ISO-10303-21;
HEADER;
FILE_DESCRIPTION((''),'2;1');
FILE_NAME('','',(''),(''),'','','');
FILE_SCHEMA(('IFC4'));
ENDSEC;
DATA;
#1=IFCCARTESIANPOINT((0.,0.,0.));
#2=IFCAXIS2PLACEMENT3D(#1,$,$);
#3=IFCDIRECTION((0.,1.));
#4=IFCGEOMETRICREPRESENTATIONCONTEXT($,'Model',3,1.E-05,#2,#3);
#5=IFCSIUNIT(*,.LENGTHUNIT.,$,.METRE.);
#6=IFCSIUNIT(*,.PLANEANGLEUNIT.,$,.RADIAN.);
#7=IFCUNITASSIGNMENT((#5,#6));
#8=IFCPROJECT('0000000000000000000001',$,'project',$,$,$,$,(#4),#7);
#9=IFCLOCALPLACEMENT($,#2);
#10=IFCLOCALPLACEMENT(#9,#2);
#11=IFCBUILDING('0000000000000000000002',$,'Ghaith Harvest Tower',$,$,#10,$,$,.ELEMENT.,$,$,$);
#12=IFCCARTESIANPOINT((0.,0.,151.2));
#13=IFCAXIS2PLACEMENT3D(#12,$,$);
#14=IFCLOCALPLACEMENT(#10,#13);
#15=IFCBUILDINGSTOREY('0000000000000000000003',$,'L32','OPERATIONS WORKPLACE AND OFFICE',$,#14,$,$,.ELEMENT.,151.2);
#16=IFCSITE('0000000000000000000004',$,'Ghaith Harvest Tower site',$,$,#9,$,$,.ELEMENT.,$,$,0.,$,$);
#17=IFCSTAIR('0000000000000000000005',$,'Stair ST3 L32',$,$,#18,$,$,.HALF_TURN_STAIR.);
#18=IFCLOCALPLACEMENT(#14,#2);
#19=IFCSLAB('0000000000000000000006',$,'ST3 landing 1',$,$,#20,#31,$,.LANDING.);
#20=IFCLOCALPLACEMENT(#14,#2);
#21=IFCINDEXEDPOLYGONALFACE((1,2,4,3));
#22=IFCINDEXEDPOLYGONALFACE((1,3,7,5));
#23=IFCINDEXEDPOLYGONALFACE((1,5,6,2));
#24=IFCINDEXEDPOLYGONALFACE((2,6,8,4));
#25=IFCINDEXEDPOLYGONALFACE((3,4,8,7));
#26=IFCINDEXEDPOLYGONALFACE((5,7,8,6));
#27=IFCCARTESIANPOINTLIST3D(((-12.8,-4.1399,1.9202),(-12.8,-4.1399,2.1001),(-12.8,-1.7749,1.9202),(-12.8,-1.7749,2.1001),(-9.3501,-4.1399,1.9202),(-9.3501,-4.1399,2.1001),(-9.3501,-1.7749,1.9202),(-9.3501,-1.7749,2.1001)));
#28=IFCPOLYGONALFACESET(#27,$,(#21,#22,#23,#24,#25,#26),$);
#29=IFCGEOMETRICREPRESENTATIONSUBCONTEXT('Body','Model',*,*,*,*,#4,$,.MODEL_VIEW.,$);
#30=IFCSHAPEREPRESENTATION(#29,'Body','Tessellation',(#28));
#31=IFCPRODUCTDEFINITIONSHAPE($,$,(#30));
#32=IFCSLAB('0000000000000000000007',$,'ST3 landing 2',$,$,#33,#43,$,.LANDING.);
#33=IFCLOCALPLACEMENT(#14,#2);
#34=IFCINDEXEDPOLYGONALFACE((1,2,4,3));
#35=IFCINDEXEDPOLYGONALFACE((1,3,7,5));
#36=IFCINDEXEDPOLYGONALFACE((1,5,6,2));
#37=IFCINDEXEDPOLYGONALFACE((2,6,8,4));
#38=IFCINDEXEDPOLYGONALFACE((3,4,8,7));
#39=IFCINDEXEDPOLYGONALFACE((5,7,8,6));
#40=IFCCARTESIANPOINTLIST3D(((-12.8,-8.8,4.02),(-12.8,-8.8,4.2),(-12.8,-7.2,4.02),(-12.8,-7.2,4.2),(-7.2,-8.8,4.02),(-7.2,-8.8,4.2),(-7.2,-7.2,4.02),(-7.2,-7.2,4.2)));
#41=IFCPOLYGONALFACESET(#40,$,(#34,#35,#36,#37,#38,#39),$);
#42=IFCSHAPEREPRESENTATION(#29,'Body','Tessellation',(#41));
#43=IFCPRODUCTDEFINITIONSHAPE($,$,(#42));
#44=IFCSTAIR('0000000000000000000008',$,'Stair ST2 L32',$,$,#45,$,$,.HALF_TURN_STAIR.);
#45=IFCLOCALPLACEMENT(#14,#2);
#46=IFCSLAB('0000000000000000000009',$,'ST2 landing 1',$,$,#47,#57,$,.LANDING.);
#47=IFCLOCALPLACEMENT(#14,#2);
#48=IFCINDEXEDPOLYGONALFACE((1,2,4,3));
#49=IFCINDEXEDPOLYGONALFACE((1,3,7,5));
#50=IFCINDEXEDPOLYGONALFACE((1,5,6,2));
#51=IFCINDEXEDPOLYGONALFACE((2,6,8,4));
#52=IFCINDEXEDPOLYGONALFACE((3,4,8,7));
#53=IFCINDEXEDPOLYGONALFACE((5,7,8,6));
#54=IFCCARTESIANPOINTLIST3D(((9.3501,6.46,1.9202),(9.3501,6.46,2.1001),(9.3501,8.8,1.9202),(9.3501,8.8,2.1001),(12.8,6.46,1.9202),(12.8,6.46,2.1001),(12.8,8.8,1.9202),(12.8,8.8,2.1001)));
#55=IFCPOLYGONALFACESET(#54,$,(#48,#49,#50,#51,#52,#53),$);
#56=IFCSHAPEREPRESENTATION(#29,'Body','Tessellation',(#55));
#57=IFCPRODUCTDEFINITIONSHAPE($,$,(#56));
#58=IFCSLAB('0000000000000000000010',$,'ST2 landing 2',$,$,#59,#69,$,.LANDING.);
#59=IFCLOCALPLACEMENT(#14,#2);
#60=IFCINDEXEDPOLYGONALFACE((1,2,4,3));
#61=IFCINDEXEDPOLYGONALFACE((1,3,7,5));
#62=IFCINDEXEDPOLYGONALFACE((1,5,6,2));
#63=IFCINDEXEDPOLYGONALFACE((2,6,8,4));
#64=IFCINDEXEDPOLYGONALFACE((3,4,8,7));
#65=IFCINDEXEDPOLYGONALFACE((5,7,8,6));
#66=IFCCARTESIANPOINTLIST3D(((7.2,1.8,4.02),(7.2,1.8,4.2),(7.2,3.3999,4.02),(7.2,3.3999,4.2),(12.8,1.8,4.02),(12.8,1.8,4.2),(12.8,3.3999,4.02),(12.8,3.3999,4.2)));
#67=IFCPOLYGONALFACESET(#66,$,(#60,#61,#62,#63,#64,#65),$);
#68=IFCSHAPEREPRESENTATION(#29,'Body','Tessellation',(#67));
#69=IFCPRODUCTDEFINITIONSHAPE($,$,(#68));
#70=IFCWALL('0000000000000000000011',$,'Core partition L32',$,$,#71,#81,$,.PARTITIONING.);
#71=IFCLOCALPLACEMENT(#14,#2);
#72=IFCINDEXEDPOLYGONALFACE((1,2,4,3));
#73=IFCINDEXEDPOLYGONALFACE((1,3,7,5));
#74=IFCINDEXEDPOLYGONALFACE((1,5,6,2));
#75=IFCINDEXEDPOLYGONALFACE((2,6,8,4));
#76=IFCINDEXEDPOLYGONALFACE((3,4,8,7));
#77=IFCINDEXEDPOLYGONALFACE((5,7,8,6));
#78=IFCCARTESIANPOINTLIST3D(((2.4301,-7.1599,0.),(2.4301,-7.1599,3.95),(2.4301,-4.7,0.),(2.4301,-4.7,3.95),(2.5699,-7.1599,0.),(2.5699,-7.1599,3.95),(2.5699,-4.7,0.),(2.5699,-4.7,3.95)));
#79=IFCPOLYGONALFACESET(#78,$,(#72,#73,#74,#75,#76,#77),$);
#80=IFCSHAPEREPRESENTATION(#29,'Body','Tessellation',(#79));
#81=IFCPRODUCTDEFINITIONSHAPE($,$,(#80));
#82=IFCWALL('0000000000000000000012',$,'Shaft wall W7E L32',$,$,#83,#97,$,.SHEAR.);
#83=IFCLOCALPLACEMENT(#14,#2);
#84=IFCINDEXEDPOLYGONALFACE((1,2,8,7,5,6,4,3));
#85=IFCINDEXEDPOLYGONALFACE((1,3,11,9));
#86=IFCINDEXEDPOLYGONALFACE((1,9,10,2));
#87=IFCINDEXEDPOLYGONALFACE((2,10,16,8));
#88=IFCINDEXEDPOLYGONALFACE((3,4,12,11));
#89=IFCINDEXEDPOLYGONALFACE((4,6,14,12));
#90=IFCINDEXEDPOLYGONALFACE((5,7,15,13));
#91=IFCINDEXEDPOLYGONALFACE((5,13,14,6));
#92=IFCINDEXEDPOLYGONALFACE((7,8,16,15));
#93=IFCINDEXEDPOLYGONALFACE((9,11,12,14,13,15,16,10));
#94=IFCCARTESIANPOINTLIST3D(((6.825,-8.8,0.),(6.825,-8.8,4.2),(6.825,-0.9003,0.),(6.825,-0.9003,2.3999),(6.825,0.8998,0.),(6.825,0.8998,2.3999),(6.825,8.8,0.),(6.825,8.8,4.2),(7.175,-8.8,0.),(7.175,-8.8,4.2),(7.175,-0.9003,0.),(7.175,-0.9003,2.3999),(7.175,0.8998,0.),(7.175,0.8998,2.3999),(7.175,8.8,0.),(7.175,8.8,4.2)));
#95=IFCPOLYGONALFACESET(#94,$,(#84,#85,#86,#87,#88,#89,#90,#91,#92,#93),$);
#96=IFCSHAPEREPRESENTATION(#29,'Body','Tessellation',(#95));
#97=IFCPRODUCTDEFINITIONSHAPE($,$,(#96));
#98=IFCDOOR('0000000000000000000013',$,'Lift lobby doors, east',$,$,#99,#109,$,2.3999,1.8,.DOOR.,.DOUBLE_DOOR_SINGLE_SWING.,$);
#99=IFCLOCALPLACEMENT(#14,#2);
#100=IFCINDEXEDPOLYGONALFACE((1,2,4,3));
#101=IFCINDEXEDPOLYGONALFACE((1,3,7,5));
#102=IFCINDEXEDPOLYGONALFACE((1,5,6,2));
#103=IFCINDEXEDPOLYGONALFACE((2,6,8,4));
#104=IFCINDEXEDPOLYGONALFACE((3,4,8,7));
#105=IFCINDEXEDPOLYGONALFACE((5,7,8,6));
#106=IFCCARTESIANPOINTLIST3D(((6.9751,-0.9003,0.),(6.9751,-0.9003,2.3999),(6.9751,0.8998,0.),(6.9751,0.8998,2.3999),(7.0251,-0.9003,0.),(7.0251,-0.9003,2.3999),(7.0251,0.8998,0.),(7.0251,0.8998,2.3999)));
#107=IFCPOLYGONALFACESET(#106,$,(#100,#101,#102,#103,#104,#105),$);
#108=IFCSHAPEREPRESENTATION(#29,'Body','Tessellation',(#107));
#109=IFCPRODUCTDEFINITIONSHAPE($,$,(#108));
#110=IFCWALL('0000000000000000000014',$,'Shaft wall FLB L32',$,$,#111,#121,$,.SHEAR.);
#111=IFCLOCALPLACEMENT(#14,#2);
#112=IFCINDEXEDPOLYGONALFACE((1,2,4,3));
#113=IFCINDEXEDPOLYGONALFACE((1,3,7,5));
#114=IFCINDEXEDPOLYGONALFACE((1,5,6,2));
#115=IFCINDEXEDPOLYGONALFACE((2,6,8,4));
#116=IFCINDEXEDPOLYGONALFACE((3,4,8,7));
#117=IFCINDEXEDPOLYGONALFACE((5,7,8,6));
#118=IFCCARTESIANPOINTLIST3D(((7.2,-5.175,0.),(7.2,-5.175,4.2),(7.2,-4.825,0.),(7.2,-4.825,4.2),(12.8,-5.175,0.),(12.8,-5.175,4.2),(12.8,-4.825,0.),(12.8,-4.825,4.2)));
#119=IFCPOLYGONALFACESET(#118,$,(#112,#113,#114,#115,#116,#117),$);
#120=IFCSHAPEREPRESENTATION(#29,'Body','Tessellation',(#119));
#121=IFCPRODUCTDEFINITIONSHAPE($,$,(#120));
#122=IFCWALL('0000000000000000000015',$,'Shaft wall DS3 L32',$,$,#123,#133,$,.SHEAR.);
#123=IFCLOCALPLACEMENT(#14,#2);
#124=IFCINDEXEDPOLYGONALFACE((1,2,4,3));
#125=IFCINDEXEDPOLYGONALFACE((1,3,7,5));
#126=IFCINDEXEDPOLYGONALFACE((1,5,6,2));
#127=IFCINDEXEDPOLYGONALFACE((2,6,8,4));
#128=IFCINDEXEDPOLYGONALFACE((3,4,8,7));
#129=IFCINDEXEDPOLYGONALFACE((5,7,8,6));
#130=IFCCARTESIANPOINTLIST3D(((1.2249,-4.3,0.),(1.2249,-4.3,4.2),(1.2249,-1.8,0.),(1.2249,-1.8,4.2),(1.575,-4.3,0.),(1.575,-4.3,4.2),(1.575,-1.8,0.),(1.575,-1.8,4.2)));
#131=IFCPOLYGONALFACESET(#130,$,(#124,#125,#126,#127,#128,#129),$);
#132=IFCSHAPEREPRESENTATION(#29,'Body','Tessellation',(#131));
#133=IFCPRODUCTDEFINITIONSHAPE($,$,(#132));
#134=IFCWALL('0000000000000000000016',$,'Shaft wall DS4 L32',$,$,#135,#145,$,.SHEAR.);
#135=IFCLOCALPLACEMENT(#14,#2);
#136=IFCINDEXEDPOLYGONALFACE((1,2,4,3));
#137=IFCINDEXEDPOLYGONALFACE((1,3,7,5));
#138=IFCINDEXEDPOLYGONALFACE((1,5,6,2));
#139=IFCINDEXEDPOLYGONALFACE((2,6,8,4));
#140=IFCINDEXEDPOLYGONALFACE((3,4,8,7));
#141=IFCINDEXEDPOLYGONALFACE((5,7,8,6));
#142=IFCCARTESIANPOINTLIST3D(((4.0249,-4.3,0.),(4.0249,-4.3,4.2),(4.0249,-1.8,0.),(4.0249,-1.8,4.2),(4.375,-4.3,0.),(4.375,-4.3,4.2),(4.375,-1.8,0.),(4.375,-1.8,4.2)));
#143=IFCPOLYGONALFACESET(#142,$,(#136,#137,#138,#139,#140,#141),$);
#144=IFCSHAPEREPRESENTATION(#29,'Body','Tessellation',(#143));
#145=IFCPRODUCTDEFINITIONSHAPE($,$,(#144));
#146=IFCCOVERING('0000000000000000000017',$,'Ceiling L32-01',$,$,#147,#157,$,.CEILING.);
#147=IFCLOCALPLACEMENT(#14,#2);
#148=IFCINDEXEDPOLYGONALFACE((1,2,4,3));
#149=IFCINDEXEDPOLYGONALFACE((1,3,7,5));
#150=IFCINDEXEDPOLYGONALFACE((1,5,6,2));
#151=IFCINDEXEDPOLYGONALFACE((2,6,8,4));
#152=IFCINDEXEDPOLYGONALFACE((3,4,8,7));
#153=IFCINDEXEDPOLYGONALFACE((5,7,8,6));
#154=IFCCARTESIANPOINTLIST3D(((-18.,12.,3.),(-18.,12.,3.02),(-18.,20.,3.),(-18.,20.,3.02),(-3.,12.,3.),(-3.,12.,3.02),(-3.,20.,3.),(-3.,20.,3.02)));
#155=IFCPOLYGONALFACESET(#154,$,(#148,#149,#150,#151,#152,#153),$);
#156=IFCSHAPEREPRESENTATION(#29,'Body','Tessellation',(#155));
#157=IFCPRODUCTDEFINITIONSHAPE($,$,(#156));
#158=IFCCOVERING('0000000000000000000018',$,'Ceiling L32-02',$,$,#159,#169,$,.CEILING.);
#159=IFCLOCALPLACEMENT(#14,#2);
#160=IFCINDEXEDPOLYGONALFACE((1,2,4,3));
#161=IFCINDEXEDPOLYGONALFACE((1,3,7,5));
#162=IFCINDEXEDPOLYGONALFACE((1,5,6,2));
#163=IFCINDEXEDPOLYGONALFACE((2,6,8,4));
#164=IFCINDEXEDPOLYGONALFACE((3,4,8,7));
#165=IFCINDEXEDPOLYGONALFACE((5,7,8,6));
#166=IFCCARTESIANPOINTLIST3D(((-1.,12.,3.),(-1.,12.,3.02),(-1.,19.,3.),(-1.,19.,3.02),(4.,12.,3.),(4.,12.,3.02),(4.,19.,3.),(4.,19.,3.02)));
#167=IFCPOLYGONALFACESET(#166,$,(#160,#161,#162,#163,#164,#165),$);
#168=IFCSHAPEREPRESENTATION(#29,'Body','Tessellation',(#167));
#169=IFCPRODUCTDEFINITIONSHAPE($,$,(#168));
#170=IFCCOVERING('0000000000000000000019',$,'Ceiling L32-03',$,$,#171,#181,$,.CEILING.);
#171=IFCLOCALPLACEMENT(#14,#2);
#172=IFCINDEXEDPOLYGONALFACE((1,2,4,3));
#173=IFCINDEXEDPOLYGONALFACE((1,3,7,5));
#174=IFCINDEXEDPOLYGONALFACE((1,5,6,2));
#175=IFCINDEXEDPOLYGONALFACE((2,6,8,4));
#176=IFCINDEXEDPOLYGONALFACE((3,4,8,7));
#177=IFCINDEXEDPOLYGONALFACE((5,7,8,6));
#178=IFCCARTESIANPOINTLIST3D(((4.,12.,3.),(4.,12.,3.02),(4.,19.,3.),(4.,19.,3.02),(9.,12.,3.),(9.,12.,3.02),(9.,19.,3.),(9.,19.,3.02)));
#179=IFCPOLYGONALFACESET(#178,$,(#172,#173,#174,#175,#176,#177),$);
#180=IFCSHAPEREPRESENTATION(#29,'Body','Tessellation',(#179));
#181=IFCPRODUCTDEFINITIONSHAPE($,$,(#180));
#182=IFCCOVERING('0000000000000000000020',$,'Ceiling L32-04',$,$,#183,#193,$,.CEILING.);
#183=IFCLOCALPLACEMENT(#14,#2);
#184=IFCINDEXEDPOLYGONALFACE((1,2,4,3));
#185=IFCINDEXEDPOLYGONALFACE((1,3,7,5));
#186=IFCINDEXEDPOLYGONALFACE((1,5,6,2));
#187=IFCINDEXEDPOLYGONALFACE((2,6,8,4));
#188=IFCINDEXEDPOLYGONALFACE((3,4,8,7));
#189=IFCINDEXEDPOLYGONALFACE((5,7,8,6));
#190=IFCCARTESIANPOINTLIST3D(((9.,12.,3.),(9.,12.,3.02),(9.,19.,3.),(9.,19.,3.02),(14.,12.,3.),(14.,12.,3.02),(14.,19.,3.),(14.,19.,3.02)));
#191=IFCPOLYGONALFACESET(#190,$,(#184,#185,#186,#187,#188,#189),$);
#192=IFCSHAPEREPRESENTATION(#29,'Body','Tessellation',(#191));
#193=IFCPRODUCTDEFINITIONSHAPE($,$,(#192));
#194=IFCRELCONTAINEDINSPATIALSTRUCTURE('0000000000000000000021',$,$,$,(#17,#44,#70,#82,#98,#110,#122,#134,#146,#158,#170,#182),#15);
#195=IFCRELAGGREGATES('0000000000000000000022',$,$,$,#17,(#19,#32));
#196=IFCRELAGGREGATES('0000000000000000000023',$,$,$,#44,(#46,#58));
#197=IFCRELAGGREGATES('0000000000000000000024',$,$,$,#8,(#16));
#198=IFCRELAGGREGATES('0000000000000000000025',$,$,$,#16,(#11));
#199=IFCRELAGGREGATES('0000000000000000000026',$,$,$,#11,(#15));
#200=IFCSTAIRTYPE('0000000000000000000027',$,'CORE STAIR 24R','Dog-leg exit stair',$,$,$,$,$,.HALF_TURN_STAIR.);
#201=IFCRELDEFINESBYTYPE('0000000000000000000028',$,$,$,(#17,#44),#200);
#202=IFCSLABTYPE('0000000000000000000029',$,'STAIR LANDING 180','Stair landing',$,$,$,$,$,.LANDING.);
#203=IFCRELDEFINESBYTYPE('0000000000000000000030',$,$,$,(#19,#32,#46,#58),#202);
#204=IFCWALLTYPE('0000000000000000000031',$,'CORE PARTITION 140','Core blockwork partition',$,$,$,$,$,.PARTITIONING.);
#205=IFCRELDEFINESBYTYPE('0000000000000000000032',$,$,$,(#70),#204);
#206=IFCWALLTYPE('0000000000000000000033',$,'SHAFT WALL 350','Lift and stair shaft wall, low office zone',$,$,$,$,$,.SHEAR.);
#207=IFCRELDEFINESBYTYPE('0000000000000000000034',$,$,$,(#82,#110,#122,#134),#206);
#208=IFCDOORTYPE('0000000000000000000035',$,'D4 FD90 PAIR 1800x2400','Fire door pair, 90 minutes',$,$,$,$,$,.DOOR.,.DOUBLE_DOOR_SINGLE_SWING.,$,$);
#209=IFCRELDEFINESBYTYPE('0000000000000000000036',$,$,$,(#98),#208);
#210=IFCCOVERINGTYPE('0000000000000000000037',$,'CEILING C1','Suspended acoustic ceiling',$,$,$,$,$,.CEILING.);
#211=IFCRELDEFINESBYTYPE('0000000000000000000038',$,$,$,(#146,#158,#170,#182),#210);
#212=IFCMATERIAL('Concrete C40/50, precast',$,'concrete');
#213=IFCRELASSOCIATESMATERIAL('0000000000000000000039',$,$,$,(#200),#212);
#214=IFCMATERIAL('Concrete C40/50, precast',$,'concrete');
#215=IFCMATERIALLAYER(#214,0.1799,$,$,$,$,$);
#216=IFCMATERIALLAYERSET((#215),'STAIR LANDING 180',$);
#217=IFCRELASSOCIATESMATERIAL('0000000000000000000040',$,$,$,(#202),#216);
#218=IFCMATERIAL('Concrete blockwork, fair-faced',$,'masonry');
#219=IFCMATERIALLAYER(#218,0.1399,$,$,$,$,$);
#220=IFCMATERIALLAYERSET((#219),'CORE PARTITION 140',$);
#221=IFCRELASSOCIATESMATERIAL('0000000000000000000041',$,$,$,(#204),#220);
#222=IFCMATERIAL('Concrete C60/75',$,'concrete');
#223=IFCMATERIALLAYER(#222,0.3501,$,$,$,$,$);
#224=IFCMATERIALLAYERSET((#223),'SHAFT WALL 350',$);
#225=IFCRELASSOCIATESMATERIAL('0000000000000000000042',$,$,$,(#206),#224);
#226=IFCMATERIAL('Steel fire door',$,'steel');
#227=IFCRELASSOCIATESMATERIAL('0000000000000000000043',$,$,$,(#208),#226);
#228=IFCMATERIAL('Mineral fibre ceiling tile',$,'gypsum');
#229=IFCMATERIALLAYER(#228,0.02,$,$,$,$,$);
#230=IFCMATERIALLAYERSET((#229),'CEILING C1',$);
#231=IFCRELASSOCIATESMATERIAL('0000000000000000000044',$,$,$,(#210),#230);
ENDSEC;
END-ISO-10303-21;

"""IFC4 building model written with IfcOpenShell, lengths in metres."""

from ifc_helpers import new_model, si_unit, direction, frame, frame_2d, origin, place, context, subcontext, project, spatial, polyline, rectangle, outline, extrude, material, layer, layer_set, type_object, element, fill, aggregate, save


model = new_model("IFC4")

# Units and contexts
model_context = context("Model", 3, precision=1e-05, world=origin(), true_north=direction((0.0, 1.0)))
body_context = subcontext(model_context, "Body", "Model", "MODEL_VIEW")
ifc_project = project(units=[si_unit("LENGTHUNIT", "METRE"), si_unit("PLANEANGLEUNIT", "RADIAN")], contexts=[model_context])

# Site, building, storey
site_placement = place(None, origin())
site = spatial("IfcSite", under=ifc_project, at=site_placement, Name="Ghaith Harvest Tower site", CompositionType="ELEMENT", RefElevation=0.0)
building_placement = place(site_placement, origin())
building = spatial("IfcBuilding", under=site, at=building_placement, Name="Ghaith Harvest Tower", CompositionType="ELEMENT")
storey_placement = place(building_placement, frame((0.0, 0.0, 151.2)))
storey = spatial("IfcBuildingStorey", under=building, at=storey_placement, Name="L32", Description="OPERATIONS WORKPLACE AND OFFICE", CompositionType="ELEMENT", Elevation=151.2)

# Stairs, slabs
ifc_material_1 = material(Name="Concrete C40/50, precast", Category="concrete")
stair_type = type_object("IfcStairType", Name="CORE STAIR 24R", Description="Dog-leg exit stair", PredefinedType="HALF_TURN_STAIR", material=ifc_material_1)
ifc_material_2 = material(Name="Concrete C40/50, precast", Category="concrete")
ifc_layer_1 = layer(ifc_material_2, 0.1799)
ifc_layer_set_1 = layer_set([ifc_layer_1], Name="STAIR LANDING 180")
slab_type_1 = type_object("IfcSlabType", Name="STAIR LANDING 180", Description="Stair landing", PredefinedType="LANDING", material=ifc_layer_set_1)
stair_1_placement = place(storey_placement, origin())
stair_1 = element("IfcStair", 1, at=stair_1_placement, inside=storey, type_object=stair_type, Name="Stair ST3 L32", PredefinedType="HALF_TURN_STAIR")
slab_1_placement = place(storey_placement, frame((0.0, 0.0, 1.9202)))
slab_1 = element("IfcSlab", 2, at=slab_1_placement, type_object=slab_type_1, Name="ST3 landing 1", PredefinedType="LANDING", context=body_context, shape_type="SweptSolid", body=[
    extrude(outline(polyline([(-12.8, -4.1399), (-12.8, -1.7749), (-9.3501, -1.7749), (-9.3501, -4.1399), (-12.8, -4.1399)])), origin(), (0.0, 0.0, 1.0), 0.1799),
])
slab_2_placement = place(storey_placement, frame((0.0, 0.0, 4.02)))
slab_2 = element("IfcSlab", 3, at=slab_2_placement, type_object=slab_type_1, Name="ST3 landing 2", PredefinedType="LANDING", context=body_context, shape_type="SweptSolid", body=[
    extrude(outline(polyline([(-12.8, -8.8), (-12.8, -7.2), (-7.2, -7.2), (-7.2, -8.8), (-12.8, -8.8)])), origin(), (0.0, 0.0, 1.0), 0.1799),
])
aggregate(stair_1, [slab_1, slab_2])
stair_2_placement = place(storey_placement, origin())
stair_2 = element("IfcStair", 4, at=stair_2_placement, inside=storey, type_object=stair_type, Name="Stair ST2 L32", PredefinedType="HALF_TURN_STAIR")
slab_3_placement = place(storey_placement, frame((0.0, 0.0, 1.9202)))
slab_3 = element("IfcSlab", 5, at=slab_3_placement, type_object=slab_type_1, Name="ST2 landing 1", PredefinedType="LANDING", context=body_context, shape_type="SweptSolid", body=[
    extrude(outline(polyline([(12.8, 6.46), (12.8, 8.8), (9.3501, 8.8), (9.3501, 6.46), (12.8, 6.46)])), origin(), (0.0, 0.0, 1.0), 0.1799),
])
slab_4_placement = place(storey_placement, frame((0.0, 0.0, 4.02)))
slab_4 = element("IfcSlab", 6, at=slab_4_placement, type_object=slab_type_1, Name="ST2 landing 2", PredefinedType="LANDING", context=body_context, shape_type="SweptSolid", body=[
    extrude(outline(polyline([(12.8, 1.8), (12.8, 3.3999), (7.2, 3.3999), (7.2, 1.8), (12.8, 1.8)])), origin(), (0.0, 0.0, 1.0), 0.1799),
])
aggregate(stair_2, [slab_3, slab_4])

# Wall
ifc_material_3 = material(Name="Concrete blockwork, fair-faced", Category="masonry")
ifc_layer_2 = layer(ifc_material_3, 0.1399)
ifc_layer_set_2 = layer_set([ifc_layer_2], Name="CORE PARTITION 140")
wall_type_1 = type_object("IfcWallType", Name="CORE PARTITION 140", Description="Core blockwork partition", PredefinedType="PARTITIONING", material=ifc_layer_set_2)
wall_1_placement = place(storey_placement, frame((2.5, -4.7, 0.0), z_axis=(0.0, 0.0, 1.0), x_axis=(0.0, -1.0, 0.0)))
element("IfcWall", 7, at=wall_1_placement, inside=storey, type_object=wall_type_1, Name="Core partition L32", PredefinedType="PARTITIONING", context=body_context, shape_type="SweptSolid", body=[
    extrude(rectangle(XDim=2.46, YDim=0.1399, at=frame_2d((1.23, 0.0))), origin(), (0.0, 0.0, 1.0), 3.95),
])

# Wall, opening, door
ifc_material_4 = material(Name="Concrete C60/75", Category="concrete")
ifc_layer_3 = layer(ifc_material_4, 0.3501)
ifc_layer_set_3 = layer_set([ifc_layer_3], Name="SHAFT WALL 350")
wall_type_2 = type_object("IfcWallType", Name="SHAFT WALL 350", Description="Lift and stair shaft wall, low office zone", PredefinedType="SHEAR", material=ifc_layer_set_3)
wall_2_placement = place(storey_placement, frame((7.0, -8.8, 0.0), z_axis=(0.0, 0.0, 1.0), x_axis=(0.0, 1.0, 0.0)))
wall_2 = element("IfcWall", 8, at=wall_2_placement, inside=storey, type_object=wall_type_2, Name="Shaft wall W7E L32", PredefinedType="SHEAR", context=body_context, shape_type="SweptSolid", body=[
    extrude(rectangle(XDim=17.6001, YDim=0.3501, at=frame_2d((8.8, 0.0))), origin(), (0.0, 0.0, 1.0), 4.2),
])
opening_1_placement = place(wall_2_placement, frame((7.8999, 0.0, 0.0)))
opening_1 = element("IfcOpeningElement", 9, at=opening_1_placement, cuts=wall_2, PredefinedType="OPENING", context=body_context, shape_type="SweptSolid", body=[
    extrude(rectangle(XDim=1.8, YDim=2.3999, at=frame_2d((0.8999, 1.2))), frame((0.0, 0.1851, 0.0), z_axis=(0.0, -1.0, 0.0), x_axis=(1.0, 0.0, 0.0)), (0.0, 0.0, 1.0), 0.3701),
])
ifc_material_5 = material(Name="Steel fire door", Category="steel")
door_type_1 = type_object("IfcDoorType", Name="D4 FD90 PAIR 1800x2400", Description="Fire door pair, 90 minutes", OperationType="DOUBLE_DOOR_SINGLE_SWING", PredefinedType="DOOR", material=ifc_material_5)
door_1_placement = place(opening_1_placement, origin())
door_1 = element("IfcDoor", 10, at=door_1_placement, inside=storey, type_object=door_type_1, Name="Lift lobby doors, east", OperationType="DOUBLE_DOOR_SINGLE_SWING", OverallHeight=2.3999, OverallWidth=1.8, PredefinedType="DOOR", context=body_context, shape_type="SweptSolid", body=[
    extrude(rectangle(XDim=1.8, YDim=2.3999, at=frame_2d((0.8999, 1.2))), frame((0.0, 0.0249, 0.0), z_axis=(0.0, -1.0, 0.0), x_axis=(1.0, 0.0, 0.0)), (0.0, 0.0, 1.0), 0.05),
])
fill(opening_1, door_1)

# Walls
wall_3_placement = place(storey_placement, frame((7.2, -5.0, 0.0), z_axis=(0.0, 0.0, 1.0), x_axis=(1.0, 0.0, 0.0)))
element("IfcWall", 11, at=wall_3_placement, inside=storey, type_object=wall_type_2, Name="Shaft wall FLB L32", PredefinedType="SHEAR", context=body_context, shape_type="SweptSolid", body=[
    extrude(rectangle(XDim=5.6001, YDim=0.3501, at=frame_2d((2.8, 0.0))), origin(), (0.0, 0.0, 1.0), 4.2),
])
for number, where, z_axis, x_axis, name in (
    (12, (1.3999, -4.3, 0.0), (0.0, 0.0, 1.0), (0.0, 1.0, 0.0), "Shaft wall DS3 L32"),
    (13, (4.2, -4.3, 0.0), (0.0, 0.0, 1.0), (0.0, 1.0, 0.0), "Shaft wall DS4 L32"),
):
    element("IfcWall", number, at=place(storey_placement, frame(where, z_axis=z_axis, x_axis=x_axis)), inside=storey, type_object=wall_type_2, Name=name, PredefinedType="SHEAR", context=body_context, shape_type="SweptSolid", body=[
        extrude(rectangle(XDim=2.5, YDim=0.3501, at=frame_2d((1.25, 0.0))), origin(), (0.0, 0.0, 1.0), 4.2),
    ])

# Coverings
ifc_material_6 = material(Name="Mineral fibre ceiling tile", Category="gypsum")
ifc_layer_4 = layer(ifc_material_6, 0.02)
ifc_layer_set_4 = layer_set([ifc_layer_4], Name="CEILING C1")
covering_type = type_object("IfcCoveringType", Name="CEILING C1", Description="Suspended acoustic ceiling", PredefinedType="CEILING", material=ifc_layer_set_4)
covering_1_placement = place(storey_placement, frame((0.0, 0.0, 3.0)))
element("IfcCovering", 14, at=covering_1_placement, inside=storey, type_object=covering_type, Name="Ceiling L32-01", PredefinedType="CEILING", context=body_context, shape_type="SweptSolid", body=[
    extrude(outline(polyline([(-18.0, 12.0), (-3.0, 12.0), (-3.0, 20.0), (-18.0, 20.0), (-18.0, 12.0)])), origin(), (0.0, 0.0, 1.0), 0.02),
])
covering_2_placement = place(storey_placement, frame((0.0, 0.0, 3.0)))
element("IfcCovering", 15, at=covering_2_placement, inside=storey, type_object=covering_type, Name="Ceiling L32-02", PredefinedType="CEILING", context=body_context, shape_type="SweptSolid", body=[
    extrude(outline(polyline([(-1.0, 12.0), (4.0, 12.0), (4.0, 19.0), (-1.0, 19.0), (-1.0, 12.0)])), origin(), (0.0, 0.0, 1.0), 0.02),
])
covering_3_placement = place(storey_placement, frame((0.0, 0.0, 3.0)))
element("IfcCovering", 16, at=covering_3_placement, inside=storey, type_object=covering_type, Name="Ceiling L32-03", PredefinedType="CEILING", context=body_context, shape_type="SweptSolid", body=[
    extrude(outline(polyline([(4.0, 12.0), (9.0, 12.0), (9.0, 19.0), (4.0, 19.0), (4.0, 12.0)])), origin(), (0.0, 0.0, 1.0), 0.02),
])
covering_4_placement = place(storey_placement, frame((0.0, 0.0, 3.0)))
element("IfcCovering", 17, at=covering_4_placement, inside=storey, type_object=covering_type, Name="Ceiling L32-04", PredefinedType="CEILING", context=body_context, shape_type="SweptSolid", body=[
    extrude(outline(polyline([(9.0, 12.0), (14.0, 12.0), (14.0, 19.0), (9.0, 19.0), (9.0, 12.0)])), origin(), (0.0, 0.0, 1.0), 0.02),
])

save(model, "model.ifc")
